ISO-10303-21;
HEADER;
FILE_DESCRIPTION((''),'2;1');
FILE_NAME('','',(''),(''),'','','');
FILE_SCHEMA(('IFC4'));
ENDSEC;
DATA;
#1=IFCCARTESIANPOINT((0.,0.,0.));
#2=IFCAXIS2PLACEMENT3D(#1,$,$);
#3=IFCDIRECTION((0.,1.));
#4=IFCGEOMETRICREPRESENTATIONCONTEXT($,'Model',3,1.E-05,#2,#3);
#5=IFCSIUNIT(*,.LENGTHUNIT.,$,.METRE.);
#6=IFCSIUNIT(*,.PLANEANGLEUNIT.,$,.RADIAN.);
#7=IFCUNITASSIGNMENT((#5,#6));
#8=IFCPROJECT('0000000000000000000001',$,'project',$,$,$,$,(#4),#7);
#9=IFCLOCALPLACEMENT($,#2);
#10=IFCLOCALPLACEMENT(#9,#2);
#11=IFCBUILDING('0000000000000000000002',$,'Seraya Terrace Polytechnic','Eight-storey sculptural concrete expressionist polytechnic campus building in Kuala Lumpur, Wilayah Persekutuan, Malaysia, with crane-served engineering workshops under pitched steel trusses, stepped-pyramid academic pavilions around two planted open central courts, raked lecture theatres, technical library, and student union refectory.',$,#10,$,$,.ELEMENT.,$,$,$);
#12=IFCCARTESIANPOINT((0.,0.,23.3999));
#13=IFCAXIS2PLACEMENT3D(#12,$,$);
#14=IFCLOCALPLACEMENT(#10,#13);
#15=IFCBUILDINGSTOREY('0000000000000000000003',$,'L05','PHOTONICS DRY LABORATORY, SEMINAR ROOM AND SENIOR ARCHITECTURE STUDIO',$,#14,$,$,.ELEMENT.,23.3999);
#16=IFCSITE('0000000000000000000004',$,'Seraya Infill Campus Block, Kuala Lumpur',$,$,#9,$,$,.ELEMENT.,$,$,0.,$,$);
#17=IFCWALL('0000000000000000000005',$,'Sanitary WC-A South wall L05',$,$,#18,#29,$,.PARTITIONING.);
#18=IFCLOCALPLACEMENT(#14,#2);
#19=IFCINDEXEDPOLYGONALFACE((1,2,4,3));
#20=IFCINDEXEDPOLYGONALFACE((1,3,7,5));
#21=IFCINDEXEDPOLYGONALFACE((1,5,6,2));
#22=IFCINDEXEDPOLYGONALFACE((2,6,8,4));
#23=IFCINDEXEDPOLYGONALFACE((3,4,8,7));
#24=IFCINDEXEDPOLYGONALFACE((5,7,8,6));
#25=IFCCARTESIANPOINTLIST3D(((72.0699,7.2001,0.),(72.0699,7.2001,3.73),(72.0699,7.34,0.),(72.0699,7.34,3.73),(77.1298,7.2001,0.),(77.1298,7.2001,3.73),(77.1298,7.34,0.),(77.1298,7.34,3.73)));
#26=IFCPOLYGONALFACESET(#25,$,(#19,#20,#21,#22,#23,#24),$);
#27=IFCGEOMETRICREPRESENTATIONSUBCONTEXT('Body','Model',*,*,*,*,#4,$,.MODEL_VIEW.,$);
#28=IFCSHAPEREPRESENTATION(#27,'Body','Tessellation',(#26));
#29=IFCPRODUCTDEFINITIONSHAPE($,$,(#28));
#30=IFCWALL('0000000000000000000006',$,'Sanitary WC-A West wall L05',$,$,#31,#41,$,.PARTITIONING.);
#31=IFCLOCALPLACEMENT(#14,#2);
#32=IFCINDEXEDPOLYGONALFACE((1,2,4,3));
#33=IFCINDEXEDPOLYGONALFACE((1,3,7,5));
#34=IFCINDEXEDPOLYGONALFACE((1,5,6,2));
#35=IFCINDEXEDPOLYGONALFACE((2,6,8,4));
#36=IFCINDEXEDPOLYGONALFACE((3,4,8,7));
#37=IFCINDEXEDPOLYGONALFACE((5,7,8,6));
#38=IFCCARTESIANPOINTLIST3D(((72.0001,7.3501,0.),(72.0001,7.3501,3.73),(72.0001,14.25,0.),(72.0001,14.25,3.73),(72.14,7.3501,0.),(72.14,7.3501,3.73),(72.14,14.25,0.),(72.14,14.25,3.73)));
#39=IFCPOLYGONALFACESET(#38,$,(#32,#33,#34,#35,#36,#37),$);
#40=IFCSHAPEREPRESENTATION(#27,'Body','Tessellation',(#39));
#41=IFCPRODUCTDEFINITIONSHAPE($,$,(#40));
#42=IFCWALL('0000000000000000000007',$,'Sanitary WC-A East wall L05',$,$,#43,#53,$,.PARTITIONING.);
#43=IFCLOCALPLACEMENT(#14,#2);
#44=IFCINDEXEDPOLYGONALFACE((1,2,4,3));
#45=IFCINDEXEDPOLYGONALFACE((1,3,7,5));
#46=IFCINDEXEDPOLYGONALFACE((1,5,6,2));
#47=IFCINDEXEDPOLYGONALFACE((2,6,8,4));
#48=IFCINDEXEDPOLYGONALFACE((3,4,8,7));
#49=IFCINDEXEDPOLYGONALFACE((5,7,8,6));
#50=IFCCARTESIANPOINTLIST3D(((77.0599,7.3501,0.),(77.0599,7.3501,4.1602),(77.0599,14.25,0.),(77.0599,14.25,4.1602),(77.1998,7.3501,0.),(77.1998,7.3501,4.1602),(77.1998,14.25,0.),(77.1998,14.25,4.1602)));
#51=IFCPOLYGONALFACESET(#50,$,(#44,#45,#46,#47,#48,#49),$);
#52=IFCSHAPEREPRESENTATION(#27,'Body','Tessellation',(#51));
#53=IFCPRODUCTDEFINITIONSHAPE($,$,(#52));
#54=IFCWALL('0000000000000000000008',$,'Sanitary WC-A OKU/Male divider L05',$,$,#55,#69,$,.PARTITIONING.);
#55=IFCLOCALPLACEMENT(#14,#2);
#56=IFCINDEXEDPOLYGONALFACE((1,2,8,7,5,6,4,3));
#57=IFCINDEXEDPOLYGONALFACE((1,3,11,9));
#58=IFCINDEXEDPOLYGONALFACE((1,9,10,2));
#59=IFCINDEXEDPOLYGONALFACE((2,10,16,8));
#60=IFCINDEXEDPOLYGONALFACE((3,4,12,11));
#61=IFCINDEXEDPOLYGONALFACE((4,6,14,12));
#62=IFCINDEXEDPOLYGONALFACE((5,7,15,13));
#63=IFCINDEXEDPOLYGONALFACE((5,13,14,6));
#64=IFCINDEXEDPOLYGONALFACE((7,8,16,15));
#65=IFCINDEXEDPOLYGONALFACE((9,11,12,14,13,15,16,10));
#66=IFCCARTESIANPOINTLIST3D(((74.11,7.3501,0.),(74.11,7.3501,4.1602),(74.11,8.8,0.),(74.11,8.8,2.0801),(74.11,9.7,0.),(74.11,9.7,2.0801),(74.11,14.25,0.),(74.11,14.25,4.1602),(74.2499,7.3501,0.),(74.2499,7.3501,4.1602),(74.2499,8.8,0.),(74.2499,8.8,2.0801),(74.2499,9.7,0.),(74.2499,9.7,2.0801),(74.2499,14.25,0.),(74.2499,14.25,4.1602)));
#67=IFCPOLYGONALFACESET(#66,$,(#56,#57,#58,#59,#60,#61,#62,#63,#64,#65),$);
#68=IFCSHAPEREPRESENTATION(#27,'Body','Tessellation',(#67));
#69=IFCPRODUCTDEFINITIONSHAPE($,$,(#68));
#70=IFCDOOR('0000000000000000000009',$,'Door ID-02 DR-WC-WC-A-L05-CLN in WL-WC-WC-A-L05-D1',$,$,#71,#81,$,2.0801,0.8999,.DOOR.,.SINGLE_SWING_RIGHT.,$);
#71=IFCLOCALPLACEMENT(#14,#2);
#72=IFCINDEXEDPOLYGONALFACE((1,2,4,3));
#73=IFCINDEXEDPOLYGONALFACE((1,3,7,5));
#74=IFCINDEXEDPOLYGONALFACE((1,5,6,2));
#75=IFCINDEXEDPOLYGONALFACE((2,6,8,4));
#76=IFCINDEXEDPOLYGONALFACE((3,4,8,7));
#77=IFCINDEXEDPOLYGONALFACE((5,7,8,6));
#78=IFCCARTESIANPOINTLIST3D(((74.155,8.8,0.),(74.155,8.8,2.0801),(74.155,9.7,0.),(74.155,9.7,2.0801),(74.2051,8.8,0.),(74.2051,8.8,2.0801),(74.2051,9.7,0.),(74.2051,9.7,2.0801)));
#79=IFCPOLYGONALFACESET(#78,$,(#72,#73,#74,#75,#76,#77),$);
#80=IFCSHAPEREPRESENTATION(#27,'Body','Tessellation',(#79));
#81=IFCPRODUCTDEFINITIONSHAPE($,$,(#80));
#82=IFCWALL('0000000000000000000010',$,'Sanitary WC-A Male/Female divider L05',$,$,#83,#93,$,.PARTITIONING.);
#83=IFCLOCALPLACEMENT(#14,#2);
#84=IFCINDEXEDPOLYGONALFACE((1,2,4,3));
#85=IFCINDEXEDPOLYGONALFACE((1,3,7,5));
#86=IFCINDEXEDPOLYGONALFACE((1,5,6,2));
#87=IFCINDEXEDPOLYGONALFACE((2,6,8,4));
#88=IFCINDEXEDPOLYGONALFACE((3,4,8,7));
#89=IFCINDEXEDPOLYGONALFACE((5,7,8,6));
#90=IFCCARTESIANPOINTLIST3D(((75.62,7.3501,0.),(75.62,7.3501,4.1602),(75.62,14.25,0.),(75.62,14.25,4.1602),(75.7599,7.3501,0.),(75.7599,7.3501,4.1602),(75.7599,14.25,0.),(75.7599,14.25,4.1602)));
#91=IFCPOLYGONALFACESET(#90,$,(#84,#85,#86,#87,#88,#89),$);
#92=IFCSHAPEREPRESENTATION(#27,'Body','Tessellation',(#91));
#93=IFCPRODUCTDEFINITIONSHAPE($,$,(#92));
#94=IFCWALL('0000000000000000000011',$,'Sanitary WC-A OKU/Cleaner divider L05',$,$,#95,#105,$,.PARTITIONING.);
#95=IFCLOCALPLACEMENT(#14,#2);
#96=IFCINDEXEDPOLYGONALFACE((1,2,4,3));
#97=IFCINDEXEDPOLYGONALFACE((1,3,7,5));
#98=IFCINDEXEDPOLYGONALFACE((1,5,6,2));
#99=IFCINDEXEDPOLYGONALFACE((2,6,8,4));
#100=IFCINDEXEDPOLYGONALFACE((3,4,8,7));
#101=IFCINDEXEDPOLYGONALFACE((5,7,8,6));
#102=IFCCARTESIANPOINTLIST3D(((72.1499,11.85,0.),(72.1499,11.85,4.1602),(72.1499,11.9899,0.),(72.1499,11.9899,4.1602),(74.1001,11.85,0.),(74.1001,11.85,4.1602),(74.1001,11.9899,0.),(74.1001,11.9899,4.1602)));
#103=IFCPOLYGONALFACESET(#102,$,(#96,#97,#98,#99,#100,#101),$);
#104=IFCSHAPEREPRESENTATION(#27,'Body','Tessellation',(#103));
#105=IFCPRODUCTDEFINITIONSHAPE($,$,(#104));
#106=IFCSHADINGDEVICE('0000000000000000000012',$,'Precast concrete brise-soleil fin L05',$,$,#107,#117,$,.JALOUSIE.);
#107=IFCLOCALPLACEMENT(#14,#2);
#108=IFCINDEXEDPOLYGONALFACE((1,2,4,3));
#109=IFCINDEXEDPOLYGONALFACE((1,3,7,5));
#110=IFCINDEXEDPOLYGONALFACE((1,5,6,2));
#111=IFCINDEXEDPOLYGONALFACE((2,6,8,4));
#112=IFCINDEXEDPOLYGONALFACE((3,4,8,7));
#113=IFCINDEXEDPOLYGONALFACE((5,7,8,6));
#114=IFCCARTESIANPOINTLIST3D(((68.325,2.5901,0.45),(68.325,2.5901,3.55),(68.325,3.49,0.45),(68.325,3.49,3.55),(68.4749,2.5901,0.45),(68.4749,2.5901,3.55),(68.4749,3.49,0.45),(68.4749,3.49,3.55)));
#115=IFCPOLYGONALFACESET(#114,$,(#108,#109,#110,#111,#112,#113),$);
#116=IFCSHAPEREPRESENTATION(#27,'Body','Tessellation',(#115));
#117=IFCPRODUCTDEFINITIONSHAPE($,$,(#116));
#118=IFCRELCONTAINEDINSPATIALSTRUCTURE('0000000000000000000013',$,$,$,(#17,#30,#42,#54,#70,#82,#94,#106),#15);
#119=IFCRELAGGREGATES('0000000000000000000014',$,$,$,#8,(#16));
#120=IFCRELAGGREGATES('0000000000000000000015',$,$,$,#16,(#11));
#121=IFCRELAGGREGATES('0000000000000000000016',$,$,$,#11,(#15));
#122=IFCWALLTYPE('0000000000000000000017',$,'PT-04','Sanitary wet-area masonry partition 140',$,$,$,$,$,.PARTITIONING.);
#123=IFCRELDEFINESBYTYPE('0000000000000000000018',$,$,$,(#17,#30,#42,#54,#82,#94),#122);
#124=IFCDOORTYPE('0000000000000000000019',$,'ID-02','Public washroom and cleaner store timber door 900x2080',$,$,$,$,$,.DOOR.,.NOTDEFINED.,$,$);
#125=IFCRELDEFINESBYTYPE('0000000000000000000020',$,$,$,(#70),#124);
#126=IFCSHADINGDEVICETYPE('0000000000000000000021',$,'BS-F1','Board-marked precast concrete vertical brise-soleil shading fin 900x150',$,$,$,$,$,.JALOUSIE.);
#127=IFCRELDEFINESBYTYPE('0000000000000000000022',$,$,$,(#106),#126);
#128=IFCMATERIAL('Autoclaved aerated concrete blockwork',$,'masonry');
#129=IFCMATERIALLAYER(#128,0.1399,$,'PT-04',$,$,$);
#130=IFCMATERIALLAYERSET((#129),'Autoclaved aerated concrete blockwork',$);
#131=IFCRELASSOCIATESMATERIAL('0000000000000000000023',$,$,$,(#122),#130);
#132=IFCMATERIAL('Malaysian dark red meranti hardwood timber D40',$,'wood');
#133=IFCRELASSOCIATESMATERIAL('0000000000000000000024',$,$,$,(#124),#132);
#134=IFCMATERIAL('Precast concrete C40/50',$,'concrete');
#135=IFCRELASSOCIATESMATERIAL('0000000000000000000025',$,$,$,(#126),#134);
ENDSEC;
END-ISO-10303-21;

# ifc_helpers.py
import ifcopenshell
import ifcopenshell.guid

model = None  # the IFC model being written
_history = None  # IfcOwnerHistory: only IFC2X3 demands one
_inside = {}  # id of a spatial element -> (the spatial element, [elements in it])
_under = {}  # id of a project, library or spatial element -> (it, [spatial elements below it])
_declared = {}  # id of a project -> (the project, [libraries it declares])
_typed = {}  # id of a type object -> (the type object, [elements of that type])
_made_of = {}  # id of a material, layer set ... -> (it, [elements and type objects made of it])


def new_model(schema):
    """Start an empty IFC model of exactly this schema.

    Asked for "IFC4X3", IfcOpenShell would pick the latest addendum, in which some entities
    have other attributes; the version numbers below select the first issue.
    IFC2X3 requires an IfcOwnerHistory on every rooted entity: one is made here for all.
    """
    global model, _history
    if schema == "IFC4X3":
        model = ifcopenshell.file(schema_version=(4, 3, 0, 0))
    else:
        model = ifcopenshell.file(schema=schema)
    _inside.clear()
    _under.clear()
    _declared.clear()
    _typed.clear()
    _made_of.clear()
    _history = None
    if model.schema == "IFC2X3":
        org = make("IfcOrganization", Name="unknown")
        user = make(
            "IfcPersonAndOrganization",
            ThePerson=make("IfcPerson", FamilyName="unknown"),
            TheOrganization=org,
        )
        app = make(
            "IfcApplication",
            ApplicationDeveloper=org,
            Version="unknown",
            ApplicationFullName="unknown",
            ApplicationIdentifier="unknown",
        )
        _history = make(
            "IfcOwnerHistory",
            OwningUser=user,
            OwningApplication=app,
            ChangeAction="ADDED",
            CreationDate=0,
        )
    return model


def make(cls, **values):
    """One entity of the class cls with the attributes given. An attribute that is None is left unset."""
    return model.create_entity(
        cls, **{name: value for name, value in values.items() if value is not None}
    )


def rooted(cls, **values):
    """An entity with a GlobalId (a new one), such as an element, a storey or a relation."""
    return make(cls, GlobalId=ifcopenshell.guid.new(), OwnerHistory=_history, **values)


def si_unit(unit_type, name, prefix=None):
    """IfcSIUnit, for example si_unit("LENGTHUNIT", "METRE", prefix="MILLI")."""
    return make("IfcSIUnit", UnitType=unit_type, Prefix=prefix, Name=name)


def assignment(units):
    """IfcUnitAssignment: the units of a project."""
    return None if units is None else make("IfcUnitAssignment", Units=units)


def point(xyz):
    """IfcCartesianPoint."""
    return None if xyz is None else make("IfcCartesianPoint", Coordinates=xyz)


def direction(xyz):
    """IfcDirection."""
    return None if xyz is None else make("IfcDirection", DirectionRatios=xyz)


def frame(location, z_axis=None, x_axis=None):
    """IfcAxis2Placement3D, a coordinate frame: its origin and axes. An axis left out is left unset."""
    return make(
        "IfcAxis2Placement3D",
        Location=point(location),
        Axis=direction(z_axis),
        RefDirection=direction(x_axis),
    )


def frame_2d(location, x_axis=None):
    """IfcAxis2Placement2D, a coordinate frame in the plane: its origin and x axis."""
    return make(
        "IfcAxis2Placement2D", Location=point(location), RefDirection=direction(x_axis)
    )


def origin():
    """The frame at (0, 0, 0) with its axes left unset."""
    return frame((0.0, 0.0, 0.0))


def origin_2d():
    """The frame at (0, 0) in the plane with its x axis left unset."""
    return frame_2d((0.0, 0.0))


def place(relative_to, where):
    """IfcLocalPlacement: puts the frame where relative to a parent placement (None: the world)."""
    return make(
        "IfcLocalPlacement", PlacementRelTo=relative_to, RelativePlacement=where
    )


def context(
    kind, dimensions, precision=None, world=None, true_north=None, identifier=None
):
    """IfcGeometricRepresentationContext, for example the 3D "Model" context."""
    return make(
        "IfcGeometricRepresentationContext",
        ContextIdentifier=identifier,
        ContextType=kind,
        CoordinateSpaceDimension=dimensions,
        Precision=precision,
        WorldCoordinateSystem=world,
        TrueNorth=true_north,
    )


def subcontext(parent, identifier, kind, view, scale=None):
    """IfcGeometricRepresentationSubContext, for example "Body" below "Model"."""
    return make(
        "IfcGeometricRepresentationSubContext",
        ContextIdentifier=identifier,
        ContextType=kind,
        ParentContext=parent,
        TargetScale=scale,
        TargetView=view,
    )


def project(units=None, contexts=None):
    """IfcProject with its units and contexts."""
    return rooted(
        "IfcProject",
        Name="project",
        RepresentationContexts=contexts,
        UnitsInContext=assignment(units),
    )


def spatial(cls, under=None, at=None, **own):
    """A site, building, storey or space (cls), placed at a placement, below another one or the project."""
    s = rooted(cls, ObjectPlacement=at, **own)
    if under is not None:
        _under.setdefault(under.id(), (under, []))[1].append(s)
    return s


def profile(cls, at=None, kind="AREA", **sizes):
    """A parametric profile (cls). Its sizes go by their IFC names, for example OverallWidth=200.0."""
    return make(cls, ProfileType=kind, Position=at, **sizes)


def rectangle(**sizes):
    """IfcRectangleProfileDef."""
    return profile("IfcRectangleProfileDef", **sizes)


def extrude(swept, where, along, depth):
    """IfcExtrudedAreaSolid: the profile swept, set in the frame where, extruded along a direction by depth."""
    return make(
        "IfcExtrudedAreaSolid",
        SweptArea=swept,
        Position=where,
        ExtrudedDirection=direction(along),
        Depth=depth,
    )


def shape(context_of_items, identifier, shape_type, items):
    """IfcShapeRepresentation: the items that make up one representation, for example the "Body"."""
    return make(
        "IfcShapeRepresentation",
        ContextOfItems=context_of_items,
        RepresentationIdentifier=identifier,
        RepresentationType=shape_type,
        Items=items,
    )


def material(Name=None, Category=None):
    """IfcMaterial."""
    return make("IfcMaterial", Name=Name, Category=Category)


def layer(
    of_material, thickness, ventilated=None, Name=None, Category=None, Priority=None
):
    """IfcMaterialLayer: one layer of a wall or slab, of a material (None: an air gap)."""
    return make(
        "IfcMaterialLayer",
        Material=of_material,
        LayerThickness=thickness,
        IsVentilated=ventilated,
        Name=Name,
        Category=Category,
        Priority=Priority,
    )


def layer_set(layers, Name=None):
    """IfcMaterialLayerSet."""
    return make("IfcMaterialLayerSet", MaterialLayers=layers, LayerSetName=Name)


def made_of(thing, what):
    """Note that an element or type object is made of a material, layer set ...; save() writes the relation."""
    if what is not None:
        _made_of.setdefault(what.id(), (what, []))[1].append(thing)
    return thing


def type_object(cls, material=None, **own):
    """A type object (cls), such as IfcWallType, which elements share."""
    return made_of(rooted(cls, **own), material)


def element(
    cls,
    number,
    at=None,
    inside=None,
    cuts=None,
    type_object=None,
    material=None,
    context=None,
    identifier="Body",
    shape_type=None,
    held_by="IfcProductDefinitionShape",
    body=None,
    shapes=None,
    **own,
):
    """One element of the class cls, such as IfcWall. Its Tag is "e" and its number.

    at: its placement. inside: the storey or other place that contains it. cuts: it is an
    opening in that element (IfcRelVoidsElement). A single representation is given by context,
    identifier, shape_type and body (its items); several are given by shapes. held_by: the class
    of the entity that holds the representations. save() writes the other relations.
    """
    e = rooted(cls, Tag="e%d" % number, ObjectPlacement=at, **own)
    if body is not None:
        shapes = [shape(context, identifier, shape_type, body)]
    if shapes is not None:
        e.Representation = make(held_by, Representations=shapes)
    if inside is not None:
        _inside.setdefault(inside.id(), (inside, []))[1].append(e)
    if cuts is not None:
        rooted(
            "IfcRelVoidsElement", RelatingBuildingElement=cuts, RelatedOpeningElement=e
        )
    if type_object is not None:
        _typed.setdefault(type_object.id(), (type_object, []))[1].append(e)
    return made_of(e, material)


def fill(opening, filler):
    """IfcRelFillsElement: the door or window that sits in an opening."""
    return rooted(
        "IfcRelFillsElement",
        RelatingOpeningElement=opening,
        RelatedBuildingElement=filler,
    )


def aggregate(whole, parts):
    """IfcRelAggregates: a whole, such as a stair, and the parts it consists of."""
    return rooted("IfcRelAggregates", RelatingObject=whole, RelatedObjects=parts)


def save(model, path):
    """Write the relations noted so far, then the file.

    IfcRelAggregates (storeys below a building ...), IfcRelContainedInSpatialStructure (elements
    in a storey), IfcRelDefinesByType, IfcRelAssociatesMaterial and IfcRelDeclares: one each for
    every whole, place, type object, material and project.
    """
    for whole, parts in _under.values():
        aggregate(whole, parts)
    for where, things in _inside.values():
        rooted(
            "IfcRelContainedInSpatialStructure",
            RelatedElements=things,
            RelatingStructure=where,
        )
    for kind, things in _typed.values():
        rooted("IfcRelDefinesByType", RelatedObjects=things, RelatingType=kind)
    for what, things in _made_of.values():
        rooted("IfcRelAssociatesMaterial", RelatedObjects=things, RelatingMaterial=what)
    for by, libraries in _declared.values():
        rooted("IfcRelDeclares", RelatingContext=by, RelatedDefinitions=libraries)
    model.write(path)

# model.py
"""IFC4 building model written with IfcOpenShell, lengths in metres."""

from ifc_helpers import new_model, si_unit, direction, frame, frame_2d, origin, origin_2d, place, context, subcontext, project, spatial, rectangle, extrude, material, layer, layer_set, type_object, element, fill, save


model = new_model("IFC4")

# Units and contexts
model_context = context("Model", 3, precision=1e-05, world=origin(), true_north=direction((0.0, 1.0)))
body_context = subcontext(model_context, "Body", "Model", "MODEL_VIEW")
ifc_project = project(units=[si_unit("LENGTHUNIT", "METRE"), si_unit("PLANEANGLEUNIT", "RADIAN")], contexts=[model_context])

# Site, building, storey
site_placement = place(None, origin())
site = spatial("IfcSite", under=ifc_project, at=site_placement, Name="Seraya Infill Campus Block, Kuala Lumpur", CompositionType="ELEMENT", RefElevation=0.0)
building_placement = place(site_placement, origin())
building = spatial("IfcBuilding", under=site, at=building_placement, Name="Seraya Terrace Polytechnic", Description="Eight-storey sculptural concrete expressionist polytechnic campus building in Kuala Lumpur, Wilayah Persekutuan, Malaysia, with crane-served engineering workshops under pitched steel trusses, stepped-pyramid academic pavilions around two planted open central courts, raked lecture theatres, technical library, and student union refectory.", CompositionType="ELEMENT")
storey_placement = place(building_placement, frame((0.0, 0.0, 23.3999)))
storey = spatial("IfcBuildingStorey", under=building, at=storey_placement, Name="L05", Description="PHOTONICS DRY LABORATORY, SEMINAR ROOM AND SENIOR ARCHITECTURE STUDIO", CompositionType="ELEMENT", Elevation=23.3999)

# Shared definitions
ifc_material_1 = material(Name="Precast concrete C40/50", Category="concrete")

# Shared definitions
ifc_material_2 = material(Name="Autoclaved aerated concrete blockwork", Category="masonry")

# Shared definitions
ifc_material_3 = material(Name="Malaysian dark red meranti hardwood timber D40", Category="wood")

# Walls
ifc_layer_1 = layer(ifc_material_2, 0.1399, Name="PT-04")
ifc_layer_set_1 = layer_set([ifc_layer_1], Name="Autoclaved aerated concrete blockwork")
wall_type_1 = type_object("IfcWallType", Name="PT-04", Description="Sanitary wet-area masonry partition 140", PredefinedType="PARTITIONING", material=ifc_layer_set_1)
wall_1_placement = place(storey_placement, frame((72.0701, 7.27, 0.0), z_axis=(0.0, 0.0, 1.0), x_axis=(1.0, 0.0, 0.0)))
element("IfcWall", 1, at=wall_1_placement, inside=storey, type_object=wall_type_1, Name="Sanitary WC-A South wall L05", PredefinedType="PARTITIONING", context=body_context, shape_type="SweptSolid", body=[
    extrude(rectangle(XDim=5.0598, YDim=0.1399, at=frame_2d((2.5298, 0.0))), origin(), (0.0, 0.0, 1.0), 3.73),
])
wall_2_placement = place(storey_placement, frame((72.0701, 7.3501, 0.0), z_axis=(0.0, 0.0, 1.0), x_axis=(0.0, 1.0, 0.0)))
element("IfcWall", 2, at=wall_2_placement, inside=storey, type_object=wall_type_1, Name="Sanitary WC-A West wall L05", PredefinedType="PARTITIONING", context=body_context, shape_type="SweptSolid", body=[
    extrude(rectangle(XDim=6.8999, YDim=0.1399, at=frame_2d((3.45, 0.0))), origin(), (0.0, 0.0, 1.0), 3.73),
])
wall_3_placement = place(storey_placement, frame((77.1299, 7.3501, 0.0), z_axis=(0.0, 0.0, 1.0), x_axis=(0.0, 1.0, 0.0)))
element("IfcWall", 3, at=wall_3_placement, inside=storey, type_object=wall_type_1, Name="Sanitary WC-A East wall L05", PredefinedType="PARTITIONING", context=body_context, shape_type="SweptSolid", body=[
    extrude(rectangle(XDim=6.8999, YDim=0.1399, at=frame_2d((3.45, 0.0))), origin(), (0.0, 0.0, 1.0), 4.1602),
])

# Wall, opening, door
wall_4_placement = place(storey_placement, frame((74.1799, 7.3501, 0.0), z_axis=(0.0, 0.0, 1.0), x_axis=(0.0, 1.0, 0.0)))
wall_4 = element("IfcWall", 4, at=wall_4_placement, inside=storey, type_object=wall_type_1, Name="Sanitary WC-A OKU/Male divider L05", PredefinedType="PARTITIONING", context=body_context, shape_type="SweptSolid", body=[
    extrude(rectangle(XDim=6.8999, YDim=0.1399, at=frame_2d((3.45, 0.0))), origin(), (0.0, 0.0, 1.0), 4.1602),
])
opening_1_placement = place(wall_4_placement, frame((1.45, 0.0, 0.0)))
opening_1 = element("IfcOpeningElement", 5, at=opening_1_placement, cuts=wall_4, PredefinedType="OPENING", context=body_context, shape_type="SweptSolid", body=[
    extrude(rectangle(XDim=0.8999, YDim=2.0801, at=frame_2d((0.45, 1.04))), frame((0.0, 0.082, 0.0), z_axis=(0.0, -1.0, 0.0), x_axis=(1.0, 0.0, 0.0)), (0.0, 0.0, 1.0), 0.1638),
])
door_type_1 = type_object("IfcDoorType", Name="ID-02", Description="Public washroom and cleaner store timber door 900x2080", OperationType="NOTDEFINED", PredefinedType="DOOR", material=ifc_material_3)
door_1_placement = place(opening_1_placement, origin())
door_1 = element("IfcDoor", 6, at=door_1_placement, inside=storey, type_object=door_type_1, Name="Door ID-02 DR-WC-WC-A-L05-CLN in WL-WC-WC-A-L05-D1", OperationType="SINGLE_SWING_RIGHT", OverallHeight=2.0801, OverallWidth=0.8999, PredefinedType="DOOR", context=body_context, shape_type="SweptSolid", body=[
    extrude(rectangle(XDim=0.8999, YDim=2.0801, at=frame_2d((0.45, 1.04))), frame((0.0, 0.0249, 0.0), z_axis=(0.0, -1.0, 0.0), x_axis=(1.0, 0.0, 0.0)), (0.0, 0.0, 1.0), 0.05),
])
fill(opening_1, door_1)

# Walls
wall_5_placement = place(storey_placement, frame((75.6899, 7.3501, 0.0), z_axis=(0.0, 0.0, 1.0), x_axis=(0.0, 1.0, 0.0)))
element("IfcWall", 7, at=wall_5_placement, inside=storey, type_object=wall_type_1, Name="Sanitary WC-A Male/Female divider L05", PredefinedType="PARTITIONING", context=body_context, shape_type="SweptSolid", body=[
    extrude(rectangle(XDim=6.8999, YDim=0.1399, at=frame_2d((3.45, 0.0))), origin(), (0.0, 0.0, 1.0), 4.1602),
])
wall_6_placement = place(storey_placement, frame((72.1499, 11.9199, 0.0), z_axis=(0.0, 0.0, 1.0), x_axis=(1.0, 0.0, 0.0)))
element("IfcWall", 8, at=wall_6_placement, inside=storey, type_object=wall_type_1, Name="Sanitary WC-A OKU/Cleaner divider L05", PredefinedType="PARTITIONING", context=body_context, shape_type="SweptSolid", body=[
    extrude(rectangle(XDim=1.9502, YDim=0.1399, at=frame_2d((0.9751, 0.0))), origin(), (0.0, 0.0, 1.0), 4.1602),
])

# Shading device
shading_device_type = type_object("IfcShadingDeviceType", Name="BS-F1", Description="Board-marked precast concrete vertical brise-soleil shading fin 900x150", PredefinedType="JALOUSIE", material=ifc_material_1)
shading_device_placement = place(storey_placement, frame((68.3999, 3.04, 0.45), z_axis=(0.0, 0.0, 1.0), x_axis=(0.0, -1.0, 0.0)))
element("IfcShadingDevice", 9, at=shading_device_placement, inside=storey, type_object=shading_device_type, Name="Precast concrete brise-soleil fin L05", PredefinedType="JALOUSIE", context=body_context, shape_type="SweptSolid", body=[
    extrude(rectangle(XDim=0.8999, YDim=0.1499, at=origin_2d()), origin(), (0.0, 0.0, 1.0), 3.1001),
])

save(model, "model.ifc")
